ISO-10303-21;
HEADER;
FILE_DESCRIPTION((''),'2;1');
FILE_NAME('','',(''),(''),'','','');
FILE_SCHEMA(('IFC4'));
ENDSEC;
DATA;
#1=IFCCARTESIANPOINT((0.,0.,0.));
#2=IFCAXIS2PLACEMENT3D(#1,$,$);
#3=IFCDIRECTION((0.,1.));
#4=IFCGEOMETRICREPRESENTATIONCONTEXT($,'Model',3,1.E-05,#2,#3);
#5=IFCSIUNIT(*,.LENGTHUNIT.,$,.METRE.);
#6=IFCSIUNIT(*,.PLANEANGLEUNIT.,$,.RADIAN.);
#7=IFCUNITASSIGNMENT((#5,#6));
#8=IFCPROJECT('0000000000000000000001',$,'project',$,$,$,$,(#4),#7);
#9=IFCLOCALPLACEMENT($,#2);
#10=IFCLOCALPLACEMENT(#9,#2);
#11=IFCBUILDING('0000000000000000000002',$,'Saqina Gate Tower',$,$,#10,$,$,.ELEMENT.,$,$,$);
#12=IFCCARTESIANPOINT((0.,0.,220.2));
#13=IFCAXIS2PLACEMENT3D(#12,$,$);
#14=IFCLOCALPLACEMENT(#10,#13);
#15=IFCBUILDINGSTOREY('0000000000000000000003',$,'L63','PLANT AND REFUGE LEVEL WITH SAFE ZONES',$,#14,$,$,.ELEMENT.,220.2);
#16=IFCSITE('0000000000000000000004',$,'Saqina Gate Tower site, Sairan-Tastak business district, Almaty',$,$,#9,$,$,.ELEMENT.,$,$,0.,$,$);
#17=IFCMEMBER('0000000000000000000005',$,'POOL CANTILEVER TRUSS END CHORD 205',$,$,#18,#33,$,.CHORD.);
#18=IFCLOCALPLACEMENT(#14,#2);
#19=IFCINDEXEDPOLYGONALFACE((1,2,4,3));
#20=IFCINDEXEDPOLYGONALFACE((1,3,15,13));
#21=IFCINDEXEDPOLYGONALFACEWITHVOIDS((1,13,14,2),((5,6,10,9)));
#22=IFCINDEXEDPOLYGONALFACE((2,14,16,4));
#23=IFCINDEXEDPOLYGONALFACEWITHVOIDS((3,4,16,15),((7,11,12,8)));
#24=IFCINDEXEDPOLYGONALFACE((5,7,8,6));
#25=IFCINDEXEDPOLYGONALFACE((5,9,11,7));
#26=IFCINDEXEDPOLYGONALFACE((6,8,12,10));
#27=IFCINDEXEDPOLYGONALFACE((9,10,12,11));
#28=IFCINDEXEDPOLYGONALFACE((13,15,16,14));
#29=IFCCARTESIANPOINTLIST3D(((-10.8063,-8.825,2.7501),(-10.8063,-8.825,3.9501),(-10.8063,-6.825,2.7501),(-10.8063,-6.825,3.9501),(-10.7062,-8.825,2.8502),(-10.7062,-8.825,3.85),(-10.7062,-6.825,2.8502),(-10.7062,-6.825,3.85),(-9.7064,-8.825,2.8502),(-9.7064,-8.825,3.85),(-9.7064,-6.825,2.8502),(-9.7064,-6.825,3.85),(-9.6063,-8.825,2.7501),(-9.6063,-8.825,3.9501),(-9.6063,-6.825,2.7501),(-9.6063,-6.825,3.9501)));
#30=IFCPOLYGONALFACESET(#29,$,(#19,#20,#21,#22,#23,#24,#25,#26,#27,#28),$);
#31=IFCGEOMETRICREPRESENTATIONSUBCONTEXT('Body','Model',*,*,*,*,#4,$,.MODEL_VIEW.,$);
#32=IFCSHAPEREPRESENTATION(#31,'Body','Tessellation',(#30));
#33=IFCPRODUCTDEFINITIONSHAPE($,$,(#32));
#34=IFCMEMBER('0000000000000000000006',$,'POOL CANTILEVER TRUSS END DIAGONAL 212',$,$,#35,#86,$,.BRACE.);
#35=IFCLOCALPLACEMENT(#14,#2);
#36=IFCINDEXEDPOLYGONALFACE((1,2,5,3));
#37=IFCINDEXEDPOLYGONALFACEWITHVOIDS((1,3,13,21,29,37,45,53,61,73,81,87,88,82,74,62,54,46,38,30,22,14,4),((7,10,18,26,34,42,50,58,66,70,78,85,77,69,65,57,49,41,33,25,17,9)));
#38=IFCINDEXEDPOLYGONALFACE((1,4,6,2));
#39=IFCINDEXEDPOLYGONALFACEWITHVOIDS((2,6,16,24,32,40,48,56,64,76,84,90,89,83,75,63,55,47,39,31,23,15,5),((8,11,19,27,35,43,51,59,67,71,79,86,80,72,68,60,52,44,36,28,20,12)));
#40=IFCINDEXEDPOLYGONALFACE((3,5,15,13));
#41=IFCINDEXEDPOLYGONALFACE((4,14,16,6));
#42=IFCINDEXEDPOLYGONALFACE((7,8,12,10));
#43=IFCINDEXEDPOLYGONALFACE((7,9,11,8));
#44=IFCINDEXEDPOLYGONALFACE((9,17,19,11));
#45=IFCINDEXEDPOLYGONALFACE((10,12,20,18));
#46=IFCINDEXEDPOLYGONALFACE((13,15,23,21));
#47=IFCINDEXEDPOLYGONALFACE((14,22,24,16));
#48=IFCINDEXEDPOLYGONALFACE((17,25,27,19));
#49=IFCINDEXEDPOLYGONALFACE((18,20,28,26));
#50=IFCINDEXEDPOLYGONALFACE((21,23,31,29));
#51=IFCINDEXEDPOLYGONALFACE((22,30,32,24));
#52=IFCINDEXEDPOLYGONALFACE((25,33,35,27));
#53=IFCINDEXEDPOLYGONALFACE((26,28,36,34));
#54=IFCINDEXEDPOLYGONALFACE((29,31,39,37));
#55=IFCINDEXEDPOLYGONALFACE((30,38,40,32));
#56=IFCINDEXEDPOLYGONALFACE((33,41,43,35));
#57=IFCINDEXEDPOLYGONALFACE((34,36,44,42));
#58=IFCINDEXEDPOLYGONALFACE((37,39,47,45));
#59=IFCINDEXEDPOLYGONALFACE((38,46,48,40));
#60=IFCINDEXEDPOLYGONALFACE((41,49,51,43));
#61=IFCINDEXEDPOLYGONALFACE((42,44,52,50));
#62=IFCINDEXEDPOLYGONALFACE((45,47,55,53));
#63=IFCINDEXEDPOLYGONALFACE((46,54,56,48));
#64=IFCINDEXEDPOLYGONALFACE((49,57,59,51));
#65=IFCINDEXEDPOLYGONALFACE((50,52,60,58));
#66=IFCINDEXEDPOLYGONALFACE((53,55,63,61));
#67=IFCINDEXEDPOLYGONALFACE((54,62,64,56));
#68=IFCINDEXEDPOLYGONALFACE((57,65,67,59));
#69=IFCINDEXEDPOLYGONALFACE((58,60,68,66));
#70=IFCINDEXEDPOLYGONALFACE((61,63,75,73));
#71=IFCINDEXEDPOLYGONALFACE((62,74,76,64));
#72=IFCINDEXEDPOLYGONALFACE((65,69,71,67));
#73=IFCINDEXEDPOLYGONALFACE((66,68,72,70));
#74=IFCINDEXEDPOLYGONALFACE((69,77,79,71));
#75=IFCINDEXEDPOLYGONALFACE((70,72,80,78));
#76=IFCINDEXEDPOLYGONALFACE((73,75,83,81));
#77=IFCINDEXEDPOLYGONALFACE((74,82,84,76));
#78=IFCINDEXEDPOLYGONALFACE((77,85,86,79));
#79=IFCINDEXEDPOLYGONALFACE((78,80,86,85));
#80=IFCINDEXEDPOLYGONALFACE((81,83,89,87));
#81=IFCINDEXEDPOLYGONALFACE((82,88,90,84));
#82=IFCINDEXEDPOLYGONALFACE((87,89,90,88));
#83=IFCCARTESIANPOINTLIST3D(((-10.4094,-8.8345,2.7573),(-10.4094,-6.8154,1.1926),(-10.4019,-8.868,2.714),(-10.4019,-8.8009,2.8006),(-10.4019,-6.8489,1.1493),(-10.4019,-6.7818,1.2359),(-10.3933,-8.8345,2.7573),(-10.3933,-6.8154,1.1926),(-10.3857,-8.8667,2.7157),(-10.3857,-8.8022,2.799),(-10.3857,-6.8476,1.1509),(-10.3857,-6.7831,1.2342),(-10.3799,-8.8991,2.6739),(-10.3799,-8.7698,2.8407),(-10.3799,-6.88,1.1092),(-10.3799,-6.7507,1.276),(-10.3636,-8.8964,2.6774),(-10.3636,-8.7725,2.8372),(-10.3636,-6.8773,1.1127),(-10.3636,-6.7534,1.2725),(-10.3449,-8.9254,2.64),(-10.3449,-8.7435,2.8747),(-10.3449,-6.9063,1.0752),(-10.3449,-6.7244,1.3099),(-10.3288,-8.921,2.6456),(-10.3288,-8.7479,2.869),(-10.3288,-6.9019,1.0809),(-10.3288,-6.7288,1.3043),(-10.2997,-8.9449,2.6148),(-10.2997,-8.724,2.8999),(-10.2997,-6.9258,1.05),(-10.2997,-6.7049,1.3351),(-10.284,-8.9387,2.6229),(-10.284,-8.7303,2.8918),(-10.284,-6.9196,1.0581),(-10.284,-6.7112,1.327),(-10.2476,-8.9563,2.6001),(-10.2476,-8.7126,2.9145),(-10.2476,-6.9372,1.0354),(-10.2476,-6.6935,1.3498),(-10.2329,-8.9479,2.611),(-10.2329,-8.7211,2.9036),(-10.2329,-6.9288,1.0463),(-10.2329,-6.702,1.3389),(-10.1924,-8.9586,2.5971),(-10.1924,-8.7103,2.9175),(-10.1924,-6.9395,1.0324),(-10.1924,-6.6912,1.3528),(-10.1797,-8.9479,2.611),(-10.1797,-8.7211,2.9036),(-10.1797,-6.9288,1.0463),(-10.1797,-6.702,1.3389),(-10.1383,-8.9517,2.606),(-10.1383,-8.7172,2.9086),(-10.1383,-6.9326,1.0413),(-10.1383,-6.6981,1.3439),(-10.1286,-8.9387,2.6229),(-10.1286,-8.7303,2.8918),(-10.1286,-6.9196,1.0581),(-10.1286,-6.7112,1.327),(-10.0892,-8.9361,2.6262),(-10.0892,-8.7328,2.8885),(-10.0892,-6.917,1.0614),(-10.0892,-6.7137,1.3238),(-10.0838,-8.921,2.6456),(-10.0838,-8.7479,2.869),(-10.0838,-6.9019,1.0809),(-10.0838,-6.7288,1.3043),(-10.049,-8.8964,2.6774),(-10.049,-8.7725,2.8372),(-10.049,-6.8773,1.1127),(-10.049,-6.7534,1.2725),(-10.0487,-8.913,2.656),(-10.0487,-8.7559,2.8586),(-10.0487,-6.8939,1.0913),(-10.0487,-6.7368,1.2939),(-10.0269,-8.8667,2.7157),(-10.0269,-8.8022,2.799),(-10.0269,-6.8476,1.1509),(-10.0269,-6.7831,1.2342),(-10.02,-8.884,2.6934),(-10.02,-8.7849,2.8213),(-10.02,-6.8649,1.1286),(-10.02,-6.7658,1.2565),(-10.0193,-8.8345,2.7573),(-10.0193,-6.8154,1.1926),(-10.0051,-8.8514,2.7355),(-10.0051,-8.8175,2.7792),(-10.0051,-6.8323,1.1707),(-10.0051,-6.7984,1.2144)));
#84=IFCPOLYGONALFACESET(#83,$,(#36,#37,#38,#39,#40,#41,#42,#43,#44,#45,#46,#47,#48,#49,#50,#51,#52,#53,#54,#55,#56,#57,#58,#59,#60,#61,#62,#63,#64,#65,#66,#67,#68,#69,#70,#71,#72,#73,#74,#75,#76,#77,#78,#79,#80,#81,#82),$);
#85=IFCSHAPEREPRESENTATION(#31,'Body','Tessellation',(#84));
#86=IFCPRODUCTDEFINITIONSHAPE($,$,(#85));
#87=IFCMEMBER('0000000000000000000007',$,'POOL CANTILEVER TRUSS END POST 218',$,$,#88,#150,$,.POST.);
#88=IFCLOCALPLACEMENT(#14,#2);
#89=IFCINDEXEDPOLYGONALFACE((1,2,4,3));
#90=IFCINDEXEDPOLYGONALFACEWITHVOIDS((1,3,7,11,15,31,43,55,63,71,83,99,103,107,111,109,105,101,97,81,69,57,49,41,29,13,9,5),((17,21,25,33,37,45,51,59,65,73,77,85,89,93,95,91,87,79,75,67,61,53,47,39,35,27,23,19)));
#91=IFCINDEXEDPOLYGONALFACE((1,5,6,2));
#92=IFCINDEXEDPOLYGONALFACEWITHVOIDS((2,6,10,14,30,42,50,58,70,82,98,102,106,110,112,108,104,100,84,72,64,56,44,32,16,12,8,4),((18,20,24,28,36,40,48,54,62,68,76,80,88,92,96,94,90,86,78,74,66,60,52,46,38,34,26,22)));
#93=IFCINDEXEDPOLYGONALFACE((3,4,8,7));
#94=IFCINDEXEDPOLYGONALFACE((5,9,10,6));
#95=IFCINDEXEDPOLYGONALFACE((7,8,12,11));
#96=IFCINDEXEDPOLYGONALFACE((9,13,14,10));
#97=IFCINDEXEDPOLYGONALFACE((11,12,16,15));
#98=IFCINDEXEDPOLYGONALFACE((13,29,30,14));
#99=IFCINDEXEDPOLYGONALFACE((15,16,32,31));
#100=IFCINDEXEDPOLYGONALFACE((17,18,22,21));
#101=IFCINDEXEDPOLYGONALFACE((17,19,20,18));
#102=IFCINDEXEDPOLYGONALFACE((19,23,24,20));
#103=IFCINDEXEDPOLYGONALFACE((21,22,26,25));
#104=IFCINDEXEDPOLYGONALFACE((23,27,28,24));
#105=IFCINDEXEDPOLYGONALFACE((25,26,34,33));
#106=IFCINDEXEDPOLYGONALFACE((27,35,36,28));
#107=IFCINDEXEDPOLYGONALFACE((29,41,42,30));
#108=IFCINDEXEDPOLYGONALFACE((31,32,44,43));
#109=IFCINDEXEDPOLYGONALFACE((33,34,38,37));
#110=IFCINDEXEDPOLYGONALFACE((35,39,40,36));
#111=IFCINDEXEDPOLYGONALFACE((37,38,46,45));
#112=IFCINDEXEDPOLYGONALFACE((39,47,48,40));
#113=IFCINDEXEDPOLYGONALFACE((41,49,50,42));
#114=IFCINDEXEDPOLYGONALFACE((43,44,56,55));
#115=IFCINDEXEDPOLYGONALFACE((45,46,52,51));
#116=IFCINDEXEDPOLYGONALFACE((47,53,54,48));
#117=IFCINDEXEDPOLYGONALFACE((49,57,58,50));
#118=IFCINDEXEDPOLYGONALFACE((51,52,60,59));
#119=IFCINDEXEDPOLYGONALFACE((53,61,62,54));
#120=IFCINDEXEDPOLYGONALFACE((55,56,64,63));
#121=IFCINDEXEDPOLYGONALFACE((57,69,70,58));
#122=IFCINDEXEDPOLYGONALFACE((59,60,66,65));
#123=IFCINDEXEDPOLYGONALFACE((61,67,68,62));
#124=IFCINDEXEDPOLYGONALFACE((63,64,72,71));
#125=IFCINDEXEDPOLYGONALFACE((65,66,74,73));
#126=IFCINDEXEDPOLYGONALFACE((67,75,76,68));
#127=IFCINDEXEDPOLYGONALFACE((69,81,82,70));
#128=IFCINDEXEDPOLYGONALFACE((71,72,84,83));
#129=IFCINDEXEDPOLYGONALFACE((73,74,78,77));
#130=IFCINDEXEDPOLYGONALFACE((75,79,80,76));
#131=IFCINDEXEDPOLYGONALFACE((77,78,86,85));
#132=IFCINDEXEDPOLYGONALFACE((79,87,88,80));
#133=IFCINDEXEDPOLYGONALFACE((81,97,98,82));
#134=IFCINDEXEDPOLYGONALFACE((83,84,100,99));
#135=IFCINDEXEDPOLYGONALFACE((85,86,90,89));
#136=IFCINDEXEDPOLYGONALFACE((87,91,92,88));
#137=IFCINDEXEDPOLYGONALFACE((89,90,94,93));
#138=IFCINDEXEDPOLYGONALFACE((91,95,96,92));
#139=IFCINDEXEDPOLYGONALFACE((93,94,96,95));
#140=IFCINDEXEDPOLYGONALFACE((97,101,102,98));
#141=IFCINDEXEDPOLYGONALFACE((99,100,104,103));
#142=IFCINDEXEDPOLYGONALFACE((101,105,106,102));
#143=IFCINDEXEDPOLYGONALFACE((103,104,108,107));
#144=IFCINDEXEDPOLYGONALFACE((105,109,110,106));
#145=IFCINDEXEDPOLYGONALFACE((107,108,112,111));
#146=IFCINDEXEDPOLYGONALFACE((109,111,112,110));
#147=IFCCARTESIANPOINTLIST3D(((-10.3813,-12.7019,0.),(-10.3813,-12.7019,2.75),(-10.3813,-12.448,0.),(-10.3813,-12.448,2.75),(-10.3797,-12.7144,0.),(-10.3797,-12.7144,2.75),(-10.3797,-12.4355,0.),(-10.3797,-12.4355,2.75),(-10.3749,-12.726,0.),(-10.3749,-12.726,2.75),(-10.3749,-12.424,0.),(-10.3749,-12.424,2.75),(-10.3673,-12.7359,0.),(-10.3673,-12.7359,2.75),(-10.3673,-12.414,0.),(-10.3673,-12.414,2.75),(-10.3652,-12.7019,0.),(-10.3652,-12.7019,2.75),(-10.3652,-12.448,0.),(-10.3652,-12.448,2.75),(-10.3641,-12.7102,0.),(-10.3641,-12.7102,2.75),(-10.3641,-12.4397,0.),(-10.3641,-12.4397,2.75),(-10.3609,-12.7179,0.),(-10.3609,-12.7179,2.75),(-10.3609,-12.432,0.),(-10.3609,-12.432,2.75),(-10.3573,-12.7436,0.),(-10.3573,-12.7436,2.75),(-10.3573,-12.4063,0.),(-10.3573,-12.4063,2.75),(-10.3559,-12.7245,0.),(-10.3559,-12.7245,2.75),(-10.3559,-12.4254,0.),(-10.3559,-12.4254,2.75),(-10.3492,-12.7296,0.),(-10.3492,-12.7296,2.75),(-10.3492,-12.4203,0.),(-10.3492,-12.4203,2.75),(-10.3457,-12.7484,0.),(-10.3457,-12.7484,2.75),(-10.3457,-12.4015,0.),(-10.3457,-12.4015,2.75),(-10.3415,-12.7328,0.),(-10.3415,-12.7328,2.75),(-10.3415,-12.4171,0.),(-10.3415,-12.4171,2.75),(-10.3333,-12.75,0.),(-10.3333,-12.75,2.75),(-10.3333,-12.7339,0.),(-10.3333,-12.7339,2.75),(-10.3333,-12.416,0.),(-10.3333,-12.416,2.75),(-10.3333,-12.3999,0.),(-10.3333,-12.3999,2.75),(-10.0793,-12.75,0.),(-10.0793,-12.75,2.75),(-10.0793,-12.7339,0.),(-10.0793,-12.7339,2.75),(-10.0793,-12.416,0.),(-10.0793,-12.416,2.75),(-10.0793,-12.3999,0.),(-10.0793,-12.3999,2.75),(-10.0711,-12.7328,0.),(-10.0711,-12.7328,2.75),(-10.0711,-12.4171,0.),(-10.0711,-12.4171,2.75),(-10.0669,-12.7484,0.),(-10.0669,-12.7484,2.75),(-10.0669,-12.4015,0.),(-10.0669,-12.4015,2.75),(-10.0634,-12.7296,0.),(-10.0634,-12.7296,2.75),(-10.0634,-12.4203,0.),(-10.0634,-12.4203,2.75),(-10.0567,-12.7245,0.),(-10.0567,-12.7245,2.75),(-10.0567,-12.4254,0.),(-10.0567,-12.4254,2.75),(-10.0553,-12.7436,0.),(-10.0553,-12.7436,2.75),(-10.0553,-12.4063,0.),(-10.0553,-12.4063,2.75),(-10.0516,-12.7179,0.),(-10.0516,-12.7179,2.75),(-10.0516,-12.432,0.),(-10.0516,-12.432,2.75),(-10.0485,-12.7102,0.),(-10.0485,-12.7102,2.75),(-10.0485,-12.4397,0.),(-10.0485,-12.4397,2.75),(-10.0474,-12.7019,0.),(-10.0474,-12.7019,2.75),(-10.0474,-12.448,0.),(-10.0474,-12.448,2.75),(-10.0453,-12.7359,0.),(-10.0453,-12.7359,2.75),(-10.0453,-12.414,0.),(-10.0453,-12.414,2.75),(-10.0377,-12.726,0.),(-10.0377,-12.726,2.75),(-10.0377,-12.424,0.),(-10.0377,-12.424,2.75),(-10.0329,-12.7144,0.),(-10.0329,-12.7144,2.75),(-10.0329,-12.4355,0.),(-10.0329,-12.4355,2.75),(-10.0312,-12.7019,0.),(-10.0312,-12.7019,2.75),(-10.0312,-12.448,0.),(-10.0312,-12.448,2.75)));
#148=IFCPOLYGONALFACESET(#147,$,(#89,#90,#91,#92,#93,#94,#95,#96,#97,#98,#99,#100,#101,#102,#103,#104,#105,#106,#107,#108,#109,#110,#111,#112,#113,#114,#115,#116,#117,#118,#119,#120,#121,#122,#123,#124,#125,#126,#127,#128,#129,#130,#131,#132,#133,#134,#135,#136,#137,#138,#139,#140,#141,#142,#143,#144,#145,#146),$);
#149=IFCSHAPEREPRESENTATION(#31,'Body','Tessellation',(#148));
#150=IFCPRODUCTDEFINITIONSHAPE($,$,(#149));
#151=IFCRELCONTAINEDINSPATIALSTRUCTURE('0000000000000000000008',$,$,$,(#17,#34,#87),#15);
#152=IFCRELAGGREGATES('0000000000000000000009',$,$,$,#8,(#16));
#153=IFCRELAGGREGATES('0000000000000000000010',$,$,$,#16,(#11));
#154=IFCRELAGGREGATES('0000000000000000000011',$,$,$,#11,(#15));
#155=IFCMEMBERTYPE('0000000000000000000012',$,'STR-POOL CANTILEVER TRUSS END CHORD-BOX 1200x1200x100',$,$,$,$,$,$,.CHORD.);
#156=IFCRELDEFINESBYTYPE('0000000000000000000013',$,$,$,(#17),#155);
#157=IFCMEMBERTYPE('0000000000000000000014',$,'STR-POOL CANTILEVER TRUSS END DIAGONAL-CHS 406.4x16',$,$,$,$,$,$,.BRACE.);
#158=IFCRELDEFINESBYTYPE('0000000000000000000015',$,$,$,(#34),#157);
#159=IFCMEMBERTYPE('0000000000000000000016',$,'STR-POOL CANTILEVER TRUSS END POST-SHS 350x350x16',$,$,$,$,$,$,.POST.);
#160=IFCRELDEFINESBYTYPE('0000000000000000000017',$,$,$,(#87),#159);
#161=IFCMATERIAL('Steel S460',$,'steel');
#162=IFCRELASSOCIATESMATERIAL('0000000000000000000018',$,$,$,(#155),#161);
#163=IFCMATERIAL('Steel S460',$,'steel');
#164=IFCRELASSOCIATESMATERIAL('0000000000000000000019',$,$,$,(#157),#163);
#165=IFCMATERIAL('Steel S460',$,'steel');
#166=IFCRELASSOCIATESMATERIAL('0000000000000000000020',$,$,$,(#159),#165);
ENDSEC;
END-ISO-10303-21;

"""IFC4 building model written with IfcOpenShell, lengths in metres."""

from ifc_helpers import new_model, si_unit, direction, frame, origin, origin_2d, place, context, subcontext, project, spatial, hollow_rectangle, hollow_circle, extrude, material, material_profile, profile_set, type_object, element, save


model = new_model("IFC4")

# Units and contexts
model_context = context("Model", 3, precision=1e-05, world=origin(), true_north=direction((0.0, 1.0)))
body_context = subcontext(model_context, "Body", "Model", "MODEL_VIEW")
ifc_project = project(units=[si_unit("LENGTHUNIT", "METRE"), si_unit("PLANEANGLEUNIT", "RADIAN")], contexts=[model_context])

# Site, building, storey
site_placement = place(None, origin())
site = spatial("IfcSite", under=ifc_project, at=site_placement, Name="Saqina Gate Tower site, Sairan-Tastak business district, Almaty", CompositionType="ELEMENT", RefElevation=0.0)
building_placement = place(site_placement, origin())
building = spatial("IfcBuilding", under=site, at=building_placement, Name="Saqina Gate Tower", CompositionType="ELEMENT")
storey_placement = place(building_placement, frame((0.0, 0.0, 220.2)))
storey = spatial("IfcBuildingStorey", under=building, at=storey_placement, Name="L63", Description="PLANT AND REFUGE LEVEL WITH SAFE ZONES", CompositionType="ELEMENT", Elevation=220.2)

# Members
ifc_material_1 = material(Name="Steel S460", Category="steel")
ifc_material_profile_1 = material_profile(ifc_material_1, hollow_rectangle(XDim=1.2, YDim=1.2, WallThickness=0.1001, at=origin_2d()), Name="BOX 1200x1200x100")
ifc_profile_set_1 = profile_set([ifc_material_profile_1], Name="Steel S460")
member_type_1 = type_object("IfcMemberType", Name="STR-POOL CANTILEVER TRUSS END CHORD-BOX 1200x1200x100", PredefinedType="CHORD", material=ifc_profile_set_1)
member_1_placement = place(storey_placement, frame((-10.2063, -8.825, 3.3501), z_axis=(0.0, 1.0, 0.0), x_axis=(-1.0, 0.0, 0.0)))
element("IfcMember", 1, at=member_1_placement, inside=storey, type_object=member_type_1, Name="POOL CANTILEVER TRUSS END CHORD 205", PredefinedType="CHORD", context=body_context, shape_type="SweptSolid", body=[
    extrude(hollow_rectangle(XDim=1.2, YDim=1.2, WallThickness=0.1001, at=origin_2d()), origin(), (0.0, 0.0, 1.0), 2.0),
])
ifc_material_2 = material(Name="Steel S460", Category="steel")
ifc_material_profile_2 = material_profile(ifc_material_2, hollow_circle(Radius=0.2031, WallThickness=0.0161, at=origin_2d()), Name="CHS 406.4x16")
ifc_profile_set_2 = profile_set([ifc_material_profile_2], Name="Steel S460")
member_type_2 = type_object("IfcMemberType", Name="STR-POOL CANTILEVER TRUSS END DIAGONAL-CHS 406.4x16", PredefinedType="BRACE", material=ifc_profile_set_2)
member_2_placement = place(storey_placement, frame((-10.2063, -8.8345, 2.7573), z_axis=(0.0, 0.790427, -0.612557), x_axis=(-1.0, 0.0, 0.0)))
element("IfcMember", 2, at=member_2_placement, inside=storey, type_object=member_type_2, Name="POOL CANTILEVER TRUSS END DIAGONAL 212", PredefinedType="BRACE", context=body_context, shape_type="SweptSolid", body=[
    extrude(hollow_circle(Radius=0.2031, WallThickness=0.0161, at=origin_2d()), origin(), (0.0, 0.0, 1.0), 2.5544),
])
ifc_material_3 = material(Name="Steel S460", Category="steel")
ifc_material_profile_3 = material_profile(ifc_material_3, hollow_rectangle(XDim=0.3501, YDim=0.3501, WallThickness=0.0161, InnerFilletRadius=0.032, OuterFilletRadius=0.0481, at=origin_2d()), Name="SHS 350x350x16")
ifc_profile_set_3 = profile_set([ifc_material_profile_3], Name="Steel S460")
member_type_3 = type_object("IfcMemberType", Name="STR-POOL CANTILEVER TRUSS END POST-SHS 350x350x16", PredefinedType="POST", material=ifc_profile_set_3)
for number, where, z_axis, x_axis, name in (
    (3, (-10.2063, -12.575, 0.0), (0.0, 0.0, 1.0), (1.0, 0.0, 0.0), "POOL CANTILEVER TRUSS END POST 218"),
):
    element("IfcMember", number, at=place(storey_placement, frame(where, z_axis=z_axis, x_axis=x_axis)), inside=storey, type_object=member_type_3, Name=name, PredefinedType="POST", context=body_context, shape_type="SweptSolid", body=[
        extrude(hollow_rectangle(XDim=0.3501, YDim=0.3501, WallThickness=0.0161, InnerFilletRadius=0.032, OuterFilletRadius=0.0481, at=origin_2d()), origin(), (0.0, 0.0, 1.0), 2.75),
    ])

save(model, "model.ifc")
